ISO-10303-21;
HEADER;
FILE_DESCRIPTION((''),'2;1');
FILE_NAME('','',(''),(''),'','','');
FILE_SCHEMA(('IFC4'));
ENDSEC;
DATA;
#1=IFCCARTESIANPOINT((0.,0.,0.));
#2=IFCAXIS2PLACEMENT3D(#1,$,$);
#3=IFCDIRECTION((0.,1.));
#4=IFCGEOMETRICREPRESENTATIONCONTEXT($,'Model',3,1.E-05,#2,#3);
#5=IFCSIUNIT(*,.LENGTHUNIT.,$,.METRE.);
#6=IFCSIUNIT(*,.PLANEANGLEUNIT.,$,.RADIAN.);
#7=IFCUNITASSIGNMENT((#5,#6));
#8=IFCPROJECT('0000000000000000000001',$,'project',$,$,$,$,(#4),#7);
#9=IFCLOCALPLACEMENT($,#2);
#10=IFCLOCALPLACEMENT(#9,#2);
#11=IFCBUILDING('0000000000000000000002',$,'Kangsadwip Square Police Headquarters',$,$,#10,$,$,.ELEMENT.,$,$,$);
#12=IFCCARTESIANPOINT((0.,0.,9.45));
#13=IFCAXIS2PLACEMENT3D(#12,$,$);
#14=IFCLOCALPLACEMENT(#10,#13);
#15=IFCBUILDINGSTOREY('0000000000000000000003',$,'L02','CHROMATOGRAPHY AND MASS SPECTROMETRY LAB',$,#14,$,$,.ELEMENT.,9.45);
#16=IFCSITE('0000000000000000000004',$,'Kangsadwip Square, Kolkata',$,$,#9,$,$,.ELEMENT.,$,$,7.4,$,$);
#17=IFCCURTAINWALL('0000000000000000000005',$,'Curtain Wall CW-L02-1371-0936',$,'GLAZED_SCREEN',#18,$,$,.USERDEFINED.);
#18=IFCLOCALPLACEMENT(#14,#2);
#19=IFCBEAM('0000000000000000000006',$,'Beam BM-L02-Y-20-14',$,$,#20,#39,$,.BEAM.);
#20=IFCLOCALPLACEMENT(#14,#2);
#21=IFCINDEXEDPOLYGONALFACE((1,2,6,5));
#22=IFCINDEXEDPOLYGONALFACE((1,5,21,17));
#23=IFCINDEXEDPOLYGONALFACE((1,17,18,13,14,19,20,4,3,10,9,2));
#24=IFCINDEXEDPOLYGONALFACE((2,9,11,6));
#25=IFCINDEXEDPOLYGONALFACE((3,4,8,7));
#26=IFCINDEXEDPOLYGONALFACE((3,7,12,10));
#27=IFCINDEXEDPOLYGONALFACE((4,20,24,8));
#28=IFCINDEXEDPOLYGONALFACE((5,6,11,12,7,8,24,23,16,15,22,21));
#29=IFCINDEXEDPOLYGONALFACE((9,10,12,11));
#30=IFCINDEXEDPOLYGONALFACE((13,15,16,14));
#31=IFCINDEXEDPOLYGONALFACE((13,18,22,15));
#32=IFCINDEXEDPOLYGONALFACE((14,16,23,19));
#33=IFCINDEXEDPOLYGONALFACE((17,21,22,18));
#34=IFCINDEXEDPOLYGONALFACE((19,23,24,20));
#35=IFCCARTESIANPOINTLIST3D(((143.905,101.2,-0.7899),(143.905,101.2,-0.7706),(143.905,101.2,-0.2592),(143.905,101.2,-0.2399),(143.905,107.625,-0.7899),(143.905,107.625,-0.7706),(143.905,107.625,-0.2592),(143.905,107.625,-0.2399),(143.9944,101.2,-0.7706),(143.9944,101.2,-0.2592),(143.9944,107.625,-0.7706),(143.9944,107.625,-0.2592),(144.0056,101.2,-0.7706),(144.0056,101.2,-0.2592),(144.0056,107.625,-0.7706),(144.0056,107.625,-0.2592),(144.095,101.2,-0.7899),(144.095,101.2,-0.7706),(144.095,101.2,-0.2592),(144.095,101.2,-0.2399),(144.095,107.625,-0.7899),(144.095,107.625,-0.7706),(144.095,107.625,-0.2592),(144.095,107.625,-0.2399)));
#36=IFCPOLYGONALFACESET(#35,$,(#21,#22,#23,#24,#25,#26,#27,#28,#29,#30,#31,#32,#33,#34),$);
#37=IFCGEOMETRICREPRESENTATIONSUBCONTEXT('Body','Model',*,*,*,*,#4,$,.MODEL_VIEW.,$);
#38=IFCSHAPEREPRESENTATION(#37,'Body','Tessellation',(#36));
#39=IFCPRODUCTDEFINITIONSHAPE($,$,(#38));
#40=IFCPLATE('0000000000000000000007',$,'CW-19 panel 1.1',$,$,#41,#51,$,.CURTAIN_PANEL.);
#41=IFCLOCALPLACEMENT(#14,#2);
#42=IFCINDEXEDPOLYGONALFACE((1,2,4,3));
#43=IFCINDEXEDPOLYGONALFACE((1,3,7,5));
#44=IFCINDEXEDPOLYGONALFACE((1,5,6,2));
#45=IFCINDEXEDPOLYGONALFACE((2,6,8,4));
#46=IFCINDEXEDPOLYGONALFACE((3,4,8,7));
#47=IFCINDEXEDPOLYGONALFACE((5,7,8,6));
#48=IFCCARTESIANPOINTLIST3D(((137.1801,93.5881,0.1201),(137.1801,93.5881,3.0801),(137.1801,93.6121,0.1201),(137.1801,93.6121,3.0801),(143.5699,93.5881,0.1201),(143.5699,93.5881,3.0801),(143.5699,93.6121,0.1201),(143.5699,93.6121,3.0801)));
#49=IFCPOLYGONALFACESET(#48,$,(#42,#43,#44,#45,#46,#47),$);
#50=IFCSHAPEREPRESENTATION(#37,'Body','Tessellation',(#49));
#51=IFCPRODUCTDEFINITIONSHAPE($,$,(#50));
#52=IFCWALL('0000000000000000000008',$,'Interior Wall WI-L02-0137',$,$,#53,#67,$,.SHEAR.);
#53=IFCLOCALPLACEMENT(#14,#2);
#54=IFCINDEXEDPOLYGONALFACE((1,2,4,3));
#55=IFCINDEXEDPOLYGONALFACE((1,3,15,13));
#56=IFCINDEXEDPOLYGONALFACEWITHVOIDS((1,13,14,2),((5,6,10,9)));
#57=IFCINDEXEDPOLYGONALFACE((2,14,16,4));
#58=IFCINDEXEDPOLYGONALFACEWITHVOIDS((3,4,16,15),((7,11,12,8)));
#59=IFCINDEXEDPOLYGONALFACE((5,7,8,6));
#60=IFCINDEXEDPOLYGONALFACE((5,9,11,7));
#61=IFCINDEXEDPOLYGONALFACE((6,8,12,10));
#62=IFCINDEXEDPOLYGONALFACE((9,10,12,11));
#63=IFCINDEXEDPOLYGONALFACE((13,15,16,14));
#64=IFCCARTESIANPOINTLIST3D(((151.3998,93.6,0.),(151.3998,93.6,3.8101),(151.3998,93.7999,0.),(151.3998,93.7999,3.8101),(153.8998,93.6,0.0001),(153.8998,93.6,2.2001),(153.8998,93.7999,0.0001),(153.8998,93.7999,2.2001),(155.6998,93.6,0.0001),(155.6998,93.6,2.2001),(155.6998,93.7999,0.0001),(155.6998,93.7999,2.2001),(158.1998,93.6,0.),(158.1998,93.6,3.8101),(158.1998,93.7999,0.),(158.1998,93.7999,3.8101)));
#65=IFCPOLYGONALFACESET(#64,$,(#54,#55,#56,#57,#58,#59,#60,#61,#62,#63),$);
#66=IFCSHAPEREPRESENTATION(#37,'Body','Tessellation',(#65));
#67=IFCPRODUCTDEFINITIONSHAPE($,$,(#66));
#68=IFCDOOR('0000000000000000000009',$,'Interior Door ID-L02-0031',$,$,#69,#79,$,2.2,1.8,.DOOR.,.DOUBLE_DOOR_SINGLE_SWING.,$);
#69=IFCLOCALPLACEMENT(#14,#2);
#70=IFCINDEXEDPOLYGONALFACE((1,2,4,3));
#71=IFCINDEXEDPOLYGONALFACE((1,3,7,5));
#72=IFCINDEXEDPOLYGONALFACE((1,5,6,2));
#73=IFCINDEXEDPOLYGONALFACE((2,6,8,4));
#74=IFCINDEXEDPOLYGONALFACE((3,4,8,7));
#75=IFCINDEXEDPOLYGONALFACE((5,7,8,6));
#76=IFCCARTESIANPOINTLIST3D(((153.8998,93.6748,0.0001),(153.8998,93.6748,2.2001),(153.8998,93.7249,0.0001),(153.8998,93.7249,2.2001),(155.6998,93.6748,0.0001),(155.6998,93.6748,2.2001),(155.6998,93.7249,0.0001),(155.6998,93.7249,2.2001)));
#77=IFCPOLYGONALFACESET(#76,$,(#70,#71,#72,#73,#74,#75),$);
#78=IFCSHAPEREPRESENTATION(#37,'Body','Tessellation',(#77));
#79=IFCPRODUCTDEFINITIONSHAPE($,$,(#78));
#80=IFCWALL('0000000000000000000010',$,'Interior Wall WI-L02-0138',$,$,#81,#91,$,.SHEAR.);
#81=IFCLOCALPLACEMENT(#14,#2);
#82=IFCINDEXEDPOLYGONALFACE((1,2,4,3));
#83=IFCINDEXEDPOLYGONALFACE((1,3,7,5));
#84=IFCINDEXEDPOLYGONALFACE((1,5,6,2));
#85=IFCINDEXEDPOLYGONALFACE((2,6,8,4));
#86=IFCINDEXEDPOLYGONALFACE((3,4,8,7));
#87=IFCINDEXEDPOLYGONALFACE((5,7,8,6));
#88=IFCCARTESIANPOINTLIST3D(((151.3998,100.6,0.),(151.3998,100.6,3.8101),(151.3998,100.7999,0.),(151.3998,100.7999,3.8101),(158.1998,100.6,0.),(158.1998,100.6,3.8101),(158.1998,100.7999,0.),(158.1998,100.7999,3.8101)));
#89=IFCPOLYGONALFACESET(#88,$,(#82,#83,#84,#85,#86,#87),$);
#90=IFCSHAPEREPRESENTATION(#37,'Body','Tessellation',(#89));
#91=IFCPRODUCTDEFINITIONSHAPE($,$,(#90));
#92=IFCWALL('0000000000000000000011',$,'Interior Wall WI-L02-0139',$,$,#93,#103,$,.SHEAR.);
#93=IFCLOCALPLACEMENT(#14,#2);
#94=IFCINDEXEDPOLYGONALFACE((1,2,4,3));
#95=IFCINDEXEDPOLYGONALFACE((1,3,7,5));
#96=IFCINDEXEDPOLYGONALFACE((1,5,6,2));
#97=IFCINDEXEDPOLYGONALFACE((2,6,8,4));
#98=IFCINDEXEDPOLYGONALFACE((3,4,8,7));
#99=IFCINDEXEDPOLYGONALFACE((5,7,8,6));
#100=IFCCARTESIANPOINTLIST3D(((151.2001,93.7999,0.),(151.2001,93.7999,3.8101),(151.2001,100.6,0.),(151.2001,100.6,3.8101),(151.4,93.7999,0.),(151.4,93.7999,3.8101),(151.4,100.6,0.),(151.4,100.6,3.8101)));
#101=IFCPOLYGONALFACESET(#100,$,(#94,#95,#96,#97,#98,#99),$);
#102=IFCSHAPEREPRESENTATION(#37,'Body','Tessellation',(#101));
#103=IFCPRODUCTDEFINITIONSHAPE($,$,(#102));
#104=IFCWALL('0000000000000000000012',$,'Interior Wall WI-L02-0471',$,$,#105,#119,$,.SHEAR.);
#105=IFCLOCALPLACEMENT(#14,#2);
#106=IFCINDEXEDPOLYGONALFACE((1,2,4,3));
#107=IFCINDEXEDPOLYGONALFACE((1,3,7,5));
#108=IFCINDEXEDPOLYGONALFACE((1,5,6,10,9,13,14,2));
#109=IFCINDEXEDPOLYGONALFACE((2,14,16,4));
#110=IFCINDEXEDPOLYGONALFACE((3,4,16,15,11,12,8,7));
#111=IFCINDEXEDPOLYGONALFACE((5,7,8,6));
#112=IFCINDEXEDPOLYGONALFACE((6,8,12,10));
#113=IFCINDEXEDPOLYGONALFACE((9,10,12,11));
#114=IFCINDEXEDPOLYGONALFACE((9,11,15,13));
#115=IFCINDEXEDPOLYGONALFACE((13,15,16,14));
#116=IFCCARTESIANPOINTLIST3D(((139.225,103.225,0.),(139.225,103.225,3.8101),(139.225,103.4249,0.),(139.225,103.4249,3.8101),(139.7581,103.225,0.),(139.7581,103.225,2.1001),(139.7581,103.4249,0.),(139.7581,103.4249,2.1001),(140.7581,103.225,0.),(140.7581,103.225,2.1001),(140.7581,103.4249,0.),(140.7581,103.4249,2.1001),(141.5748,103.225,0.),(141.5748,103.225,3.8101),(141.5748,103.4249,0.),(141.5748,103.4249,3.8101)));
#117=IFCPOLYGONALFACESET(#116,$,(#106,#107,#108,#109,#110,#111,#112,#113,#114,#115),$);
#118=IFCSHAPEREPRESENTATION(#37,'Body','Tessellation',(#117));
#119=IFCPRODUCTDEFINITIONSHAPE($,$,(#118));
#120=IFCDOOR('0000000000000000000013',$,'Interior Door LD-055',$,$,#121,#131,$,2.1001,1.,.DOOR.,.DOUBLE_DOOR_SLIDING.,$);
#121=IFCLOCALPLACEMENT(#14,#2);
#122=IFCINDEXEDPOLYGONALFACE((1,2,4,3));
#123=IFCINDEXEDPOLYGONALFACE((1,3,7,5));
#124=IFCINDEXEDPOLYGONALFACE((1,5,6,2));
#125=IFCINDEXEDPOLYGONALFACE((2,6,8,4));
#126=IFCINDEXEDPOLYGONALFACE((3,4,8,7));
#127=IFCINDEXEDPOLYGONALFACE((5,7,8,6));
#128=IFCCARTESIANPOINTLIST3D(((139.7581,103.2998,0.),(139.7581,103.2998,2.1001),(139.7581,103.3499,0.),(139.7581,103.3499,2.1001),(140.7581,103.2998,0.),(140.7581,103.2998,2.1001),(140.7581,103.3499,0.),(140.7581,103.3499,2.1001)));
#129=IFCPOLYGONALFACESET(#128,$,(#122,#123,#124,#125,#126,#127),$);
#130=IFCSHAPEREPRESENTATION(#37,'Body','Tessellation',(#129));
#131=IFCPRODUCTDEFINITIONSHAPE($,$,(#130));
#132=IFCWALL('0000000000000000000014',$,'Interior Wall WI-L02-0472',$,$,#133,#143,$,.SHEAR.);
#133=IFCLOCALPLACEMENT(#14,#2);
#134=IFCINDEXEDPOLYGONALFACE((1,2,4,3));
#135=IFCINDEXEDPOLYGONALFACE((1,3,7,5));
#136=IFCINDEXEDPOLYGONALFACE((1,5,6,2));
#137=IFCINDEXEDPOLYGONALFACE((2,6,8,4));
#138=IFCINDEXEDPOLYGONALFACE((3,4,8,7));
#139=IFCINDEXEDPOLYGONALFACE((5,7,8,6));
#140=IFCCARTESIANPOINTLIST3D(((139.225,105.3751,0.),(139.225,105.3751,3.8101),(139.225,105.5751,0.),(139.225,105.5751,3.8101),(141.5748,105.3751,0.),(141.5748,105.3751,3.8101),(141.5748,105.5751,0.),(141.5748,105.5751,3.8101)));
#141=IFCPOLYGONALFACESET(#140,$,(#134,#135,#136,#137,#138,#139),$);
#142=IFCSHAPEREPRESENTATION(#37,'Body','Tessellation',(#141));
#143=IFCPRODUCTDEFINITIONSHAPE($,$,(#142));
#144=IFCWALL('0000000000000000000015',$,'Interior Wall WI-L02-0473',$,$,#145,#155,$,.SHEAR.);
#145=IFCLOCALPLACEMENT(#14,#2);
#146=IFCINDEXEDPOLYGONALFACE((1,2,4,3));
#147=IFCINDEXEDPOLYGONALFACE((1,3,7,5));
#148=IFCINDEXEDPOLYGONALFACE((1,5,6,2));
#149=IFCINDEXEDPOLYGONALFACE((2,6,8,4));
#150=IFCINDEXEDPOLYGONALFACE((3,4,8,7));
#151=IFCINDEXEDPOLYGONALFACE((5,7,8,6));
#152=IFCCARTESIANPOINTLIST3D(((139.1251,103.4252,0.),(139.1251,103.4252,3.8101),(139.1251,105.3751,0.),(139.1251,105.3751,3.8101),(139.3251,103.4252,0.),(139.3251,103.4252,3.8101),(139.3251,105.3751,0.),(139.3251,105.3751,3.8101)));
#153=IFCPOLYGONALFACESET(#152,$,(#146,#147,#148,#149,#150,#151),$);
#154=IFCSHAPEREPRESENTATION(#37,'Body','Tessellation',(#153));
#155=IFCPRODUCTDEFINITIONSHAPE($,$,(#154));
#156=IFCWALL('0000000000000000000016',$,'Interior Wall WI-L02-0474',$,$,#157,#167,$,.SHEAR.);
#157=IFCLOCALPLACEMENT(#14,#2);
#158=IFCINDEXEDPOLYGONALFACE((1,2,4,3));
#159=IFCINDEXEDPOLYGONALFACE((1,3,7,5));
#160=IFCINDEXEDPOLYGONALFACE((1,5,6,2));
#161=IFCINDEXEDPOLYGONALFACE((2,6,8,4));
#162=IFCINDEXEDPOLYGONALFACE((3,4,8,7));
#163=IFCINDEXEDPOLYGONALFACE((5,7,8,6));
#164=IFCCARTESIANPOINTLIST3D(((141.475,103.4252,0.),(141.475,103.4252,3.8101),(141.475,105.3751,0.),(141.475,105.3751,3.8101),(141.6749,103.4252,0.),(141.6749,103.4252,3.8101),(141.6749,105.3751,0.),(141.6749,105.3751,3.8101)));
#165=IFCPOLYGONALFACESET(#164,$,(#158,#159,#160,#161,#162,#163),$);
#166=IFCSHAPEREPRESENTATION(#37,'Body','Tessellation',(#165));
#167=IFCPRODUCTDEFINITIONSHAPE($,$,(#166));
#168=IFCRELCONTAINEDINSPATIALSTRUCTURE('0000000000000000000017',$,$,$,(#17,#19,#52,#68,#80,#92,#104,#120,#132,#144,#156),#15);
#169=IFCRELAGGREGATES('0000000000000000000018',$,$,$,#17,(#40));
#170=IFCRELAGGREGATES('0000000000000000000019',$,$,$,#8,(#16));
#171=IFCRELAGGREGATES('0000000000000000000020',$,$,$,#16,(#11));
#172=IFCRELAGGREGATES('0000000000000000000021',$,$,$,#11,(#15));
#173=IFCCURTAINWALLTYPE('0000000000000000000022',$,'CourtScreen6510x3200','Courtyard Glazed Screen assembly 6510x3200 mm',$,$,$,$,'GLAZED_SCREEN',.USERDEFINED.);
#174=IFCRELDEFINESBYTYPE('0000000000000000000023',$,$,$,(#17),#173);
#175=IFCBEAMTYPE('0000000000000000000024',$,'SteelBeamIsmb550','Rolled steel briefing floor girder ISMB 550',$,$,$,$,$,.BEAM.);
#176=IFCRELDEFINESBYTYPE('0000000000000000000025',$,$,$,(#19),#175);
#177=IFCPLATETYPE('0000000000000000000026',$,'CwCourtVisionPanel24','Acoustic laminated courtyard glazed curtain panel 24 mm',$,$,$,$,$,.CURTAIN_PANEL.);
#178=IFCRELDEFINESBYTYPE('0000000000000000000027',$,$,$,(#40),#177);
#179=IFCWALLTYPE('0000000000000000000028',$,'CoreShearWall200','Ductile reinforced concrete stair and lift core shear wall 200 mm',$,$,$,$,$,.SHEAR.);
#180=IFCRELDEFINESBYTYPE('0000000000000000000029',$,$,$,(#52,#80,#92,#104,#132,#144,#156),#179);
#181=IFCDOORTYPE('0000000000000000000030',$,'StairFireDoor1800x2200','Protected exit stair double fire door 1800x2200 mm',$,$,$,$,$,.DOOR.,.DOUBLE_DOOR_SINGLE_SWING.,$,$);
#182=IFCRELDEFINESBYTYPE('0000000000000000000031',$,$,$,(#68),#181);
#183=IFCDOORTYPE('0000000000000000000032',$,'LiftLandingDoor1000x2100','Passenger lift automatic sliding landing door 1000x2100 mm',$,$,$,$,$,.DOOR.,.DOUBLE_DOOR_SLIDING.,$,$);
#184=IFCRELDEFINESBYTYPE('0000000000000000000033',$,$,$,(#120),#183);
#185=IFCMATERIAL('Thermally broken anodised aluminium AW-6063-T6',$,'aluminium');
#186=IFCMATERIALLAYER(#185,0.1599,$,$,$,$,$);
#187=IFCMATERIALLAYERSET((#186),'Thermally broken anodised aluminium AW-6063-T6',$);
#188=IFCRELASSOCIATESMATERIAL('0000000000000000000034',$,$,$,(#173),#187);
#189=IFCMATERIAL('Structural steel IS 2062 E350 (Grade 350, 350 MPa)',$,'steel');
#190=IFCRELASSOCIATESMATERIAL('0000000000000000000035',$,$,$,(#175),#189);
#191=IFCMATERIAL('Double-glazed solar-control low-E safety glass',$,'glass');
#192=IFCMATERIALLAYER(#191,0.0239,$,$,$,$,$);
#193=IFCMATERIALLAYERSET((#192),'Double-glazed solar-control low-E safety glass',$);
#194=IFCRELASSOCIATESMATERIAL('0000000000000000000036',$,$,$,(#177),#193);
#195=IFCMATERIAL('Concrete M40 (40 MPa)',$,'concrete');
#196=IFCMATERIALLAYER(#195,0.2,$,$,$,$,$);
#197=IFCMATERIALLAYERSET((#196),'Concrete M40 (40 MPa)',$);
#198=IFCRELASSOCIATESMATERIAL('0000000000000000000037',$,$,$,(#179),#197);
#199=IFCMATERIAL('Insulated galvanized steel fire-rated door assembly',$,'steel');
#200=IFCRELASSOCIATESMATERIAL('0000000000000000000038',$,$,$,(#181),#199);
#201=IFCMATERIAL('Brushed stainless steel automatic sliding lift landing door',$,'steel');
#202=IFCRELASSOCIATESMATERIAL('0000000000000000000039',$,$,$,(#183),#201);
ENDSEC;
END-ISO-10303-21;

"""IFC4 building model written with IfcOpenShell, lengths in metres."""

from ifc_helpers import new_model, si_unit, direction, frame, frame_2d, origin, origin_2d, place, context, subcontext, project, spatial, rectangle, i_section, extrude, material, layer, layer_set, material_profile, profile_set, type_object, element, fill, aggregate, save


model = new_model("IFC4")

# Units and contexts
model_context = context("Model", 3, precision=1e-05, world=origin(), true_north=direction((0.0, 1.0)))
body_context = subcontext(model_context, "Body", "Model", "MODEL_VIEW")
ifc_project = project(units=[si_unit("LENGTHUNIT", "METRE"), si_unit("PLANEANGLEUNIT", "RADIAN")], contexts=[model_context])

# Site, building, storey
site_placement = place(None, origin())
site = spatial("IfcSite", under=ifc_project, at=site_placement, Name="Kangsadwip Square, Kolkata", CompositionType="ELEMENT", RefElevation=7.4)
building_placement = place(site_placement, origin())
building = spatial("IfcBuilding", under=site, at=building_placement, Name="Kangsadwip Square Police Headquarters", CompositionType="ELEMENT")
storey_placement = place(building_placement, frame((0.0, 0.0, 9.45)))
storey = spatial("IfcBuildingStorey", under=building, at=storey_placement, Name="L02", Description="CHROMATOGRAPHY AND MASS SPECTROMETRY LAB", CompositionType="ELEMENT", Elevation=9.45)

# Curtain wall
ifc_material_1 = material(Name="Thermally broken anodised aluminium AW-6063-T6", Category="aluminium")
ifc_layer_1 = layer(ifc_material_1, 0.1599)
ifc_layer_set_1 = layer_set([ifc_layer_1], Name="Thermally broken anodised aluminium AW-6063-T6")
curtain_wall_type = type_object("IfcCurtainWallType", Name="CourtScreen6510x3200", Description="Courtyard Glazed Screen assembly 6510x3200 mm", ElementType="GLAZED_SCREEN", PredefinedType="USERDEFINED", material=ifc_layer_set_1)
curtain_wall_placement = place(storey_placement, origin())
curtain_wall = element("IfcCurtainWall", 1, at=curtain_wall_placement, inside=storey, type_object=curtain_wall_type, Name="Curtain Wall CW-L02-1371-0936", ObjectType="GLAZED_SCREEN", PredefinedType="USERDEFINED")

# Beam
ifc_material_2 = material(Name="Structural steel IS 2062 E350 (Grade 350, 350 MPa)", Category="steel")
ifc_material_profile_1 = material_profile(ifc_material_2, i_section(OverallWidth=0.1899, OverallDepth=0.55, WebThickness=0.0112, FlangeThickness=0.0193, at=origin_2d()), Name="ISMB 550")
ifc_profile_set_1 = profile_set([ifc_material_profile_1], Name="Structural steel IS 2062 E350 (Grade 350, 350 MPa)")
beam_type_1 = type_object("IfcBeamType", Name="SteelBeamIsmb550", Description="Rolled steel briefing floor girder ISMB 550", PredefinedType="BEAM", material=ifc_profile_set_1)
beam_1_placement = place(storey_placement, frame((144.0, 101.2, -0.5149), z_axis=(0.0, 1.0, 0.0), x_axis=(-1.0, 0.0, 0.0)))
element("IfcBeam", 2, at=beam_1_placement, inside=storey, type_object=beam_type_1, Name="Beam BM-L02-Y-20-14", PredefinedType="BEAM", context=body_context, shape_type="SweptSolid", body=[
    extrude(i_section(OverallWidth=0.1899, OverallDepth=0.55, WebThickness=0.0112, FlangeThickness=0.0193, at=origin_2d()), origin(), (0.0, 0.0, 1.0), 6.425),
])

# Plate
ifc_material_3 = material(Name="Double-glazed solar-control low-E safety glass", Category="glass")
ifc_layer_2 = layer(ifc_material_3, 0.0239)
ifc_layer_set_2 = layer_set([ifc_layer_2], Name="Double-glazed solar-control low-E safety glass")
plate_type = type_object("IfcPlateType", Name="CwCourtVisionPanel24", Description="Acoustic laminated courtyard glazed curtain panel 24 mm", PredefinedType="CURTAIN_PANEL", material=ifc_layer_set_2)
plate_placement = place(storey_placement, frame((140.375, 93.6001, 0.1201), z_axis=(0.0, 0.0, 1.0), x_axis=(1.0, 0.0, 0.0)))
plate = element("IfcPlate", 3, at=plate_placement, type_object=plate_type, Name="CW-19 panel 1.1", PredefinedType="CURTAIN_PANEL", context=body_context, shape_type="SweptSolid", body=[
    extrude(rectangle(XDim=6.3899, YDim=0.0239, at=origin_2d()), origin(), (0.0, 0.0, 1.0), 2.96),
])
aggregate(curtain_wall, [plate])

# Wall, opening, door
ifc_material_4 = material(Name="Concrete M40 (40 MPa)", Category="concrete")
ifc_layer_3 = layer(ifc_material_4, 0.2)
ifc_layer_set_3 = layer_set([ifc_layer_3], Name="Concrete M40 (40 MPa)")
wall_type = type_object("IfcWallType", Name="CoreShearWall200", Description="Ductile reinforced concrete stair and lift core shear wall 200 mm", PredefinedType="SHEAR", material=ifc_layer_set_3)
wall_1_placement = place(storey_placement, frame((151.3999, 93.7, 0.0), z_axis=(0.0, 0.0, 1.0), x_axis=(1.0, 0.0, 0.0)))
wall_1 = element("IfcWall", 4, at=wall_1_placement, inside=storey, type_object=wall_type, Name="Interior Wall WI-L02-0137", PredefinedType="SHEAR", context=body_context, shape_type="SweptSolid", body=[
    extrude(rectangle(XDim=6.8, YDim=0.2, at=frame_2d((3.3999, 0.0))), origin(), (0.0, 0.0, 1.0), 3.8101),
])
opening_1_placement = place(wall_1_placement, frame((2.5, 0.0, 0.0)))
opening_1 = element("IfcOpeningElement", 5, at=opening_1_placement, cuts=wall_1, PredefinedType="OPENING", context=body_context, shape_type="SweptSolid", body=[
    extrude(rectangle(XDim=1.8, YDim=2.2, at=frame_2d((0.8999, 1.1001))), frame((0.0, 0.1099, 0.0), z_axis=(0.0, -1.0, 0.0), x_axis=(1.0, 0.0, 0.0)), (0.0, 0.0, 1.0), 0.22),
])
ifc_material_5 = material(Name="Insulated galvanized steel fire-rated door assembly", Category="steel")
door_type_1 = type_object("IfcDoorType", Name="StairFireDoor1800x2200", Description="Protected exit stair double fire door 1800x2200 mm", OperationType="DOUBLE_DOOR_SINGLE_SWING", PredefinedType="DOOR", material=ifc_material_5)
door_1_placement = place(opening_1_placement, origin())
door_1 = element("IfcDoor", 6, at=door_1_placement, inside=storey, type_object=door_type_1, Name="Interior Door ID-L02-0031", OperationType="DOUBLE_DOOR_SINGLE_SWING", OverallHeight=2.2, OverallWidth=1.8, PredefinedType="DOOR", context=body_context, shape_type="SweptSolid", body=[
    extrude(rectangle(XDim=1.8, YDim=2.2, at=frame_2d((0.8999, 1.1001))), frame((0.0, 0.0249, 0.0), z_axis=(0.0, -1.0, 0.0), x_axis=(1.0, 0.0, 0.0)), (0.0, 0.0, 1.0), 0.05),
])
fill(opening_1, door_1)

# Walls
for number, where, z_axis, x_axis, name in (
    (7, (151.3999, 100.7, 0.0), (0.0, 0.0, 1.0), (1.0, 0.0, 0.0), "Interior Wall WI-L02-0138"),
    (8, (151.3, 93.8, 0.0), (0.0, 0.0, 1.0), (0.0, 1.0, 0.0), "Interior Wall WI-L02-0139"),
):
    element("IfcWall", number, at=place(storey_placement, frame(where, z_axis=z_axis, x_axis=x_axis)), inside=storey, type_object=wall_type, Name=name, PredefinedType="SHEAR", context=body_context, shape_type="SweptSolid", body=[
        extrude(rectangle(XDim=6.8, YDim=0.2, at=frame_2d((3.3999, 0.0))), origin(), (0.0, 0.0, 1.0), 3.8101),
    ])

# Wall, opening, door
wall_2_placement = place(storey_placement, frame((139.2251, 103.325, 0.0), z_axis=(0.0, 0.0, 1.0), x_axis=(1.0, 0.0, 0.0)))
wall_2 = element("IfcWall", 9, at=wall_2_placement, inside=storey, type_object=wall_type, Name="Interior Wall WI-L02-0471", PredefinedType="SHEAR", context=body_context, shape_type="SweptSolid", body=[
    extrude(rectangle(XDim=2.3499, YDim=0.2, at=frame_2d((1.1748, 0.0))), origin(), (0.0, 0.0, 1.0), 3.8101),
])
opening_2_placement = place(wall_2_placement, frame((0.533, 0.0, 0.0)))
opening_2 = element("IfcOpeningElement", 10, at=opening_2_placement, cuts=wall_2, PredefinedType="OPENING", context=body_context, shape_type="SweptSolid", body=[
    extrude(rectangle(XDim=1.0, YDim=2.1001, at=frame_2d((0.5, 1.05))), frame((0.0, 0.1099, 0.0), z_axis=(0.0, -1.0, 0.0), x_axis=(1.0, 0.0, 0.0)), (0.0, 0.0, 1.0), 0.22),
])
ifc_material_6 = material(Name="Brushed stainless steel automatic sliding lift landing door", Category="steel")
door_type_2 = type_object("IfcDoorType", Name="LiftLandingDoor1000x2100", Description="Passenger lift automatic sliding landing door 1000x2100 mm", OperationType="DOUBLE_DOOR_SLIDING", PredefinedType="DOOR", material=ifc_material_6)
door_2_placement = place(opening_2_placement, origin())
door_2 = element("IfcDoor", 11, at=door_2_placement, inside=storey, type_object=door_type_2, Name="Interior Door LD-055", OperationType="DOUBLE_DOOR_SLIDING", OverallHeight=2.1001, OverallWidth=1.0, PredefinedType="DOOR", context=body_context, shape_type="SweptSolid", body=[
    extrude(rectangle(XDim=1.0, YDim=2.1001, at=frame_2d((0.5, 1.05))), frame((0.0, 0.0249, 0.0), z_axis=(0.0, -1.0, 0.0), x_axis=(1.0, 0.0, 0.0)), (0.0, 0.0, 1.0), 0.05),
])
fill(opening_2, door_2)

# Walls
wall_3_placement = place(storey_placement, frame((139.2251, 105.4751, 0.0), z_axis=(0.0, 0.0, 1.0), x_axis=(1.0, 0.0, 0.0)))
element("IfcWall", 12, at=wall_3_placement, inside=storey, type_object=wall_type, Name="Interior Wall WI-L02-0472", PredefinedType="SHEAR", context=body_context, shape_type="SweptSolid", body=[
    extrude(rectangle(XDim=2.3499, YDim=0.2, at=frame_2d((1.1748, 0.0))), origin(), (0.0, 0.0, 1.0), 3.8101),
])
for number, where, z_axis, x_axis, name in (
    (13, (139.2251, 103.425, 0.0), (0.0, 0.0, 1.0), (0.0, 1.0, 0.0), "Interior Wall WI-L02-0473"),
    (14, (141.575, 103.425, 0.0), (0.0, 0.0, 1.0), (0.0, 1.0, 0.0), "Interior Wall WI-L02-0474"),
):
    element("IfcWall", number, at=place(storey_placement, frame(where, z_axis=z_axis, x_axis=x_axis)), inside=storey, type_object=wall_type, Name=name, PredefinedType="SHEAR", context=body_context, shape_type="SweptSolid", body=[
        extrude(rectangle(XDim=1.95, YDim=0.2, at=frame_2d((0.9751, 0.0))), origin(), (0.0, 0.0, 1.0), 3.8101),
    ])

save(model, "model.ifc")
